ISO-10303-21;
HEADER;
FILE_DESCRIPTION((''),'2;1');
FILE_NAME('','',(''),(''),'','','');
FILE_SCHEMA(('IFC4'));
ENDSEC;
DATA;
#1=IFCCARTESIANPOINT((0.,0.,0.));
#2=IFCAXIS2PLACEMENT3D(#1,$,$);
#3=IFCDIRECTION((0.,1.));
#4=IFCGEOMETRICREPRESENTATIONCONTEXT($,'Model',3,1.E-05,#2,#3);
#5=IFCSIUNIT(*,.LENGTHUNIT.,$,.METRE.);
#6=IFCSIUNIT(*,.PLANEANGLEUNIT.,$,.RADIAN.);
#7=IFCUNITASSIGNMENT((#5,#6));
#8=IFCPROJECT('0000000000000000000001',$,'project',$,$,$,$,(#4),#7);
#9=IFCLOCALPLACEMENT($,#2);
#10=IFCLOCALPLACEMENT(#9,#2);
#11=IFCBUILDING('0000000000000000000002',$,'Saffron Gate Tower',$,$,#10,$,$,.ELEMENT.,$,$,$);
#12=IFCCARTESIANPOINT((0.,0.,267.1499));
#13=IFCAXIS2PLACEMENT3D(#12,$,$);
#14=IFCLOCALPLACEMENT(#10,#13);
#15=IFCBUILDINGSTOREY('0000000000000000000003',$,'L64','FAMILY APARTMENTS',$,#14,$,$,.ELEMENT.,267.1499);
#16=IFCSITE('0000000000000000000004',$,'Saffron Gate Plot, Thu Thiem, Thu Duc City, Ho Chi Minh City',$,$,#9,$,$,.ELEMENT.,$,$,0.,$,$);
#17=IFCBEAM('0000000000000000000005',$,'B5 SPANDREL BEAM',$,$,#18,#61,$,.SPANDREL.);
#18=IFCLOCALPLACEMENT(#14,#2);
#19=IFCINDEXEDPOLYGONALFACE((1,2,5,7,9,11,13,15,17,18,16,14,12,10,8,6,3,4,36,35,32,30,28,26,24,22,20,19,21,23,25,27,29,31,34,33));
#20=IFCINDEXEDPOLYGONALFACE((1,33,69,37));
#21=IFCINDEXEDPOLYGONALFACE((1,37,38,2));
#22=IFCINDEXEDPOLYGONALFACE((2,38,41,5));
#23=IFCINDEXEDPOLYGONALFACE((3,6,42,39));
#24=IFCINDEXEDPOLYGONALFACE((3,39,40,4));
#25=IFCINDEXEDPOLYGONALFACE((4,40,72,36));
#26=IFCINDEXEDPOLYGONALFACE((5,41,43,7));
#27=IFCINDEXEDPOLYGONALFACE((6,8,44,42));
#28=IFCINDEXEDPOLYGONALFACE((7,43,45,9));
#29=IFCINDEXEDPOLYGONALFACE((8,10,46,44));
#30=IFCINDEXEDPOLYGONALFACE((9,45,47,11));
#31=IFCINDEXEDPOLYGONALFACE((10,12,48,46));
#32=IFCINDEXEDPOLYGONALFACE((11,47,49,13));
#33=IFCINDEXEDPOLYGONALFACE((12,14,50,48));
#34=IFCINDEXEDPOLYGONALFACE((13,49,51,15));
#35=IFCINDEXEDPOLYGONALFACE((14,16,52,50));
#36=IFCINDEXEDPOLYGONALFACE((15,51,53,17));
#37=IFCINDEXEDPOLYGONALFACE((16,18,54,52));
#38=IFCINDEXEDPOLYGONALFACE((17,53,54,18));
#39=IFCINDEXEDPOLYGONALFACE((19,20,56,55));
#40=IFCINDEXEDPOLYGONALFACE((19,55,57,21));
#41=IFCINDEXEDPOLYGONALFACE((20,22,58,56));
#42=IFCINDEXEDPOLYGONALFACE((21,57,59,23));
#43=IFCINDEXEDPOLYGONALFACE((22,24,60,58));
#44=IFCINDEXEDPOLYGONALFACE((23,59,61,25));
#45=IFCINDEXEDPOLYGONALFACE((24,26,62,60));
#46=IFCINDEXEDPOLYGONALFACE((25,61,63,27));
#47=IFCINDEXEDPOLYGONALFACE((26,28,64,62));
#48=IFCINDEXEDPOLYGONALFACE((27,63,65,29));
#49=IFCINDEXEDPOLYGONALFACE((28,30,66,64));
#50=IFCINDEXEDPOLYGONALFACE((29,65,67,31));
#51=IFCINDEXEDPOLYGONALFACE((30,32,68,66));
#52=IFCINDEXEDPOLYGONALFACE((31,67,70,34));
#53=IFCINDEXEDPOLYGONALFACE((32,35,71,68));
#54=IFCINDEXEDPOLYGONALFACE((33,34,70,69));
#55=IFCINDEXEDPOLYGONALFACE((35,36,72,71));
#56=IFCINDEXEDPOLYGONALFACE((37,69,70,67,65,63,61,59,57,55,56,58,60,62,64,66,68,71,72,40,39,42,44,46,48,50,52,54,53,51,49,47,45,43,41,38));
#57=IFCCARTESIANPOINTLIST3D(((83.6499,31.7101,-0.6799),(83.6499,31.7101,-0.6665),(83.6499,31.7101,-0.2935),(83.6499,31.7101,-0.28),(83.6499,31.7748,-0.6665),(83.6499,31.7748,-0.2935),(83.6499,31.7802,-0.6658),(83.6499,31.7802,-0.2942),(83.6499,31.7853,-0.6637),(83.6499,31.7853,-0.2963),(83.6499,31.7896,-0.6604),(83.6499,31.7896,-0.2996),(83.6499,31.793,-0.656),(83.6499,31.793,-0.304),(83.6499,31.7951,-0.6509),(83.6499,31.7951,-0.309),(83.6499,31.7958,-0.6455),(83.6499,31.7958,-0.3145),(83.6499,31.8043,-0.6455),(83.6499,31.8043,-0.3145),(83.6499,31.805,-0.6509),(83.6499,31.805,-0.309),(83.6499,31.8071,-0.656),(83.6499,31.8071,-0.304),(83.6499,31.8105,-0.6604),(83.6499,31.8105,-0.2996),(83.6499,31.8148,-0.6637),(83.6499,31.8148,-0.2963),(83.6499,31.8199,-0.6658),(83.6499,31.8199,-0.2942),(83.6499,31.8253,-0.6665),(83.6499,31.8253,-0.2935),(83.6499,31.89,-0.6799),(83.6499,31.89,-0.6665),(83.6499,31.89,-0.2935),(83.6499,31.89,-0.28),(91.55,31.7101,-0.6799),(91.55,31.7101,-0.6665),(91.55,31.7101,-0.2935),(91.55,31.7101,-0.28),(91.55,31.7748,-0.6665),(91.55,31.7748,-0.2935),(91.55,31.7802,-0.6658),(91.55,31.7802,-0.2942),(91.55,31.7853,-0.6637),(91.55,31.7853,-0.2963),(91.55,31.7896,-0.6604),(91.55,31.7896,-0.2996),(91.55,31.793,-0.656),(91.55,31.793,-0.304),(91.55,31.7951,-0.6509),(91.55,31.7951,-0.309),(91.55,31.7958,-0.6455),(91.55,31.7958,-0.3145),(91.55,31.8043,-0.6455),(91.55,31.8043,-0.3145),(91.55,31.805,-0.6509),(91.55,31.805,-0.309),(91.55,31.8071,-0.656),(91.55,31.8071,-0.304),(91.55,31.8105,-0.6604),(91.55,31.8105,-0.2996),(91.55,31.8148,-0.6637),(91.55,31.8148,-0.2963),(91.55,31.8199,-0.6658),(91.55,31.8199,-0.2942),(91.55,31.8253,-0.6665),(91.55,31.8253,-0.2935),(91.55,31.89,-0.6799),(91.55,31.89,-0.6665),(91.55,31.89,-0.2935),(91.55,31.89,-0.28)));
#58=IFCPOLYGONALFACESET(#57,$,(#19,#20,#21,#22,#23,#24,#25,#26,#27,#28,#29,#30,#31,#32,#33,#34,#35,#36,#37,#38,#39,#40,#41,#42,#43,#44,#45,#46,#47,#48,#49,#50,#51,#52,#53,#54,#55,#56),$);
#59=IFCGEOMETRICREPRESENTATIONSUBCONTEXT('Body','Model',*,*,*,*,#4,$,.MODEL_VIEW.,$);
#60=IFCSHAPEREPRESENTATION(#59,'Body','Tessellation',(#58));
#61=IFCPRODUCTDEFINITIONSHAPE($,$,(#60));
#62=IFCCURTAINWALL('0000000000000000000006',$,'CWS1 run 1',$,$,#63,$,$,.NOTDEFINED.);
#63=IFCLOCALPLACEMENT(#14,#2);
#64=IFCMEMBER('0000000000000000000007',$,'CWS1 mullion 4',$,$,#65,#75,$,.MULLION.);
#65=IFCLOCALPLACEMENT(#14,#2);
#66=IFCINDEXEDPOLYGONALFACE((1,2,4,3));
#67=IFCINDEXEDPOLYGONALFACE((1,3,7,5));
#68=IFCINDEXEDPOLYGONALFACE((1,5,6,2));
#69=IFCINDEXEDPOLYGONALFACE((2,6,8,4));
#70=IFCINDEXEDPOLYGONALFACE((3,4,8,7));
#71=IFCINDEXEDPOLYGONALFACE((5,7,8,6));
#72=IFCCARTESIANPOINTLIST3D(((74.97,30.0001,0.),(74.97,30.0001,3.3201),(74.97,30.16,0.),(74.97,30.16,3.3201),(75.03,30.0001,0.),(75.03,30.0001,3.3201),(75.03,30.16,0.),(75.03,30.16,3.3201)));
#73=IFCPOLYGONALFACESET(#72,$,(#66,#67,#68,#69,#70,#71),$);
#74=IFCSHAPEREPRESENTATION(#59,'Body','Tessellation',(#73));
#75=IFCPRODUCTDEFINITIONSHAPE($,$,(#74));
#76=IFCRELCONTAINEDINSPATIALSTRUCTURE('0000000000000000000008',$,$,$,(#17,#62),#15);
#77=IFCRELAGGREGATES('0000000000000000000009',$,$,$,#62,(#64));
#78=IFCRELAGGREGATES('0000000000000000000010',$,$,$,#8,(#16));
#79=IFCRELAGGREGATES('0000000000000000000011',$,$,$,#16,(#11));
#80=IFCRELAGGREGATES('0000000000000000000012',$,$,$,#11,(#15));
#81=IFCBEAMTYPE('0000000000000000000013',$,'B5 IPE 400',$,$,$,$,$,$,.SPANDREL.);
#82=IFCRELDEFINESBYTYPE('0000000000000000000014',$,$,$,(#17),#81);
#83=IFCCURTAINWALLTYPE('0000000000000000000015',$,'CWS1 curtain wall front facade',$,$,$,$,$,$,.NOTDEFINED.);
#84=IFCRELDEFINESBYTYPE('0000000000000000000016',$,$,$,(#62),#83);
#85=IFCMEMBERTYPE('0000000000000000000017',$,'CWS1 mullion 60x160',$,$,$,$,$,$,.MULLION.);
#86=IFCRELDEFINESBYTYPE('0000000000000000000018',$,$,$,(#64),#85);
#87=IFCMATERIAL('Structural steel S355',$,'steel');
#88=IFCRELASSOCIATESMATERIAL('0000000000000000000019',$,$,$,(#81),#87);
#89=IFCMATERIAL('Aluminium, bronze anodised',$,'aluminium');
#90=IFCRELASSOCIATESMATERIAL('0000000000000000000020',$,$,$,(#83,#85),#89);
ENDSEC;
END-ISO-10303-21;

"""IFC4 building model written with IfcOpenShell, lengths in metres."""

from ifc_helpers import new_model, si_unit, direction, frame, origin, origin_2d, place, context, subcontext, project, spatial, rectangle, i_section, extrude, material, material_profile, profile_set, type_object, element, aggregate, save


model = new_model("IFC4")

# Units and contexts
model_context = context("Model", 3, precision=1e-05, world=origin(), true_north=direction((0.0, 1.0)))
body_context = subcontext(model_context, "Body", "Model", "MODEL_VIEW")
ifc_project = project(units=[si_unit("LENGTHUNIT", "METRE"), si_unit("PLANEANGLEUNIT", "RADIAN")], contexts=[model_context])

# Site, building, storey
site_placement = place(None, origin())
site = spatial("IfcSite", under=ifc_project, at=site_placement, Name="Saffron Gate Plot, Thu Thiem, Thu Duc City, Ho Chi Minh City", CompositionType="ELEMENT", RefElevation=0.0)
building_placement = place(site_placement, origin())
building = spatial("IfcBuilding", under=site, at=building_placement, Name="Saffron Gate Tower", CompositionType="ELEMENT")
storey_placement = place(building_placement, frame((0.0, 0.0, 267.1499)))
storey = spatial("IfcBuildingStorey", under=building, at=storey_placement, Name="L64", Description="FAMILY APARTMENTS", CompositionType="ELEMENT", Elevation=267.1499)

# Beam
ifc_material_1 = material(Name="Structural steel S355", Category="steel")
ifc_material_profile_1 = material_profile(ifc_material_1, i_section(OverallWidth=0.1799, OverallDepth=0.3999, WebThickness=0.0085, FlangeThickness=0.0134, FilletRadius=0.021, at=origin_2d()))
ifc_profile_set_1 = profile_set([ifc_material_profile_1], Name="Structural steel S355")
beam_type_1 = type_object("IfcBeamType", Name="B5 IPE 400", PredefinedType="SPANDREL", material=ifc_profile_set_1)
beam_1_placement = place(storey_placement, frame((83.6499, 31.8, -0.48), z_axis=(1.0, 0.0, 0.0), x_axis=(0.0, 1.0, 0.0)))
element("IfcBeam", 1, at=beam_1_placement, inside=storey, type_object=beam_type_1, Name="B5 SPANDREL BEAM", PredefinedType="SPANDREL", context=body_context, shape_type="SweptSolid", body=[
    extrude(i_section(OverallWidth=0.1799, OverallDepth=0.3999, WebThickness=0.0085, FlangeThickness=0.0134, FilletRadius=0.021, at=origin_2d()), origin(), (0.0, 0.0, 1.0), 7.9001),
])

# Curtain wall, member
ifc_material_2 = material(Name="Aluminium, bronze anodised", Category="aluminium")
curtain_wall_type = type_object("IfcCurtainWallType", Name="CWS1 curtain wall front facade", PredefinedType="NOTDEFINED", material=ifc_material_2)
curtain_wall_placement = place(storey_placement, origin())
curtain_wall = element("IfcCurtainWall", 2, at=curtain_wall_placement, inside=storey, type_object=curtain_wall_type, Name="CWS1 run 1", PredefinedType="NOTDEFINED")
ifc_material_profile_2 = material_profile(ifc_material_2, rectangle(XDim=0.1599, YDim=0.0601, at=origin_2d()))
ifc_profile_set_2 = profile_set([ifc_material_profile_2], Name="Aluminium, bronze anodised")
member_type = type_object("IfcMemberType", Name="CWS1 mullion 60x160", PredefinedType="MULLION", material=ifc_profile_set_2)
member_placement = place(storey_placement, frame((75.0, 30.0801, 0.0), z_axis=(0.0, 0.0, 1.0), x_axis=(0.0, 1.0, 0.0)))
member = element("IfcMember", 3, at=member_placement, type_object=member_type, Name="CWS1 mullion 4", PredefinedType="MULLION", context=body_context, shape_type="SweptSolid", body=[
    extrude(rectangle(XDim=0.1599, YDim=0.0601, at=origin_2d()), origin(), (0.0, 0.0, 1.0), 3.3201),
])
aggregate(curtain_wall, [member])

save(model, "model.ifc")
